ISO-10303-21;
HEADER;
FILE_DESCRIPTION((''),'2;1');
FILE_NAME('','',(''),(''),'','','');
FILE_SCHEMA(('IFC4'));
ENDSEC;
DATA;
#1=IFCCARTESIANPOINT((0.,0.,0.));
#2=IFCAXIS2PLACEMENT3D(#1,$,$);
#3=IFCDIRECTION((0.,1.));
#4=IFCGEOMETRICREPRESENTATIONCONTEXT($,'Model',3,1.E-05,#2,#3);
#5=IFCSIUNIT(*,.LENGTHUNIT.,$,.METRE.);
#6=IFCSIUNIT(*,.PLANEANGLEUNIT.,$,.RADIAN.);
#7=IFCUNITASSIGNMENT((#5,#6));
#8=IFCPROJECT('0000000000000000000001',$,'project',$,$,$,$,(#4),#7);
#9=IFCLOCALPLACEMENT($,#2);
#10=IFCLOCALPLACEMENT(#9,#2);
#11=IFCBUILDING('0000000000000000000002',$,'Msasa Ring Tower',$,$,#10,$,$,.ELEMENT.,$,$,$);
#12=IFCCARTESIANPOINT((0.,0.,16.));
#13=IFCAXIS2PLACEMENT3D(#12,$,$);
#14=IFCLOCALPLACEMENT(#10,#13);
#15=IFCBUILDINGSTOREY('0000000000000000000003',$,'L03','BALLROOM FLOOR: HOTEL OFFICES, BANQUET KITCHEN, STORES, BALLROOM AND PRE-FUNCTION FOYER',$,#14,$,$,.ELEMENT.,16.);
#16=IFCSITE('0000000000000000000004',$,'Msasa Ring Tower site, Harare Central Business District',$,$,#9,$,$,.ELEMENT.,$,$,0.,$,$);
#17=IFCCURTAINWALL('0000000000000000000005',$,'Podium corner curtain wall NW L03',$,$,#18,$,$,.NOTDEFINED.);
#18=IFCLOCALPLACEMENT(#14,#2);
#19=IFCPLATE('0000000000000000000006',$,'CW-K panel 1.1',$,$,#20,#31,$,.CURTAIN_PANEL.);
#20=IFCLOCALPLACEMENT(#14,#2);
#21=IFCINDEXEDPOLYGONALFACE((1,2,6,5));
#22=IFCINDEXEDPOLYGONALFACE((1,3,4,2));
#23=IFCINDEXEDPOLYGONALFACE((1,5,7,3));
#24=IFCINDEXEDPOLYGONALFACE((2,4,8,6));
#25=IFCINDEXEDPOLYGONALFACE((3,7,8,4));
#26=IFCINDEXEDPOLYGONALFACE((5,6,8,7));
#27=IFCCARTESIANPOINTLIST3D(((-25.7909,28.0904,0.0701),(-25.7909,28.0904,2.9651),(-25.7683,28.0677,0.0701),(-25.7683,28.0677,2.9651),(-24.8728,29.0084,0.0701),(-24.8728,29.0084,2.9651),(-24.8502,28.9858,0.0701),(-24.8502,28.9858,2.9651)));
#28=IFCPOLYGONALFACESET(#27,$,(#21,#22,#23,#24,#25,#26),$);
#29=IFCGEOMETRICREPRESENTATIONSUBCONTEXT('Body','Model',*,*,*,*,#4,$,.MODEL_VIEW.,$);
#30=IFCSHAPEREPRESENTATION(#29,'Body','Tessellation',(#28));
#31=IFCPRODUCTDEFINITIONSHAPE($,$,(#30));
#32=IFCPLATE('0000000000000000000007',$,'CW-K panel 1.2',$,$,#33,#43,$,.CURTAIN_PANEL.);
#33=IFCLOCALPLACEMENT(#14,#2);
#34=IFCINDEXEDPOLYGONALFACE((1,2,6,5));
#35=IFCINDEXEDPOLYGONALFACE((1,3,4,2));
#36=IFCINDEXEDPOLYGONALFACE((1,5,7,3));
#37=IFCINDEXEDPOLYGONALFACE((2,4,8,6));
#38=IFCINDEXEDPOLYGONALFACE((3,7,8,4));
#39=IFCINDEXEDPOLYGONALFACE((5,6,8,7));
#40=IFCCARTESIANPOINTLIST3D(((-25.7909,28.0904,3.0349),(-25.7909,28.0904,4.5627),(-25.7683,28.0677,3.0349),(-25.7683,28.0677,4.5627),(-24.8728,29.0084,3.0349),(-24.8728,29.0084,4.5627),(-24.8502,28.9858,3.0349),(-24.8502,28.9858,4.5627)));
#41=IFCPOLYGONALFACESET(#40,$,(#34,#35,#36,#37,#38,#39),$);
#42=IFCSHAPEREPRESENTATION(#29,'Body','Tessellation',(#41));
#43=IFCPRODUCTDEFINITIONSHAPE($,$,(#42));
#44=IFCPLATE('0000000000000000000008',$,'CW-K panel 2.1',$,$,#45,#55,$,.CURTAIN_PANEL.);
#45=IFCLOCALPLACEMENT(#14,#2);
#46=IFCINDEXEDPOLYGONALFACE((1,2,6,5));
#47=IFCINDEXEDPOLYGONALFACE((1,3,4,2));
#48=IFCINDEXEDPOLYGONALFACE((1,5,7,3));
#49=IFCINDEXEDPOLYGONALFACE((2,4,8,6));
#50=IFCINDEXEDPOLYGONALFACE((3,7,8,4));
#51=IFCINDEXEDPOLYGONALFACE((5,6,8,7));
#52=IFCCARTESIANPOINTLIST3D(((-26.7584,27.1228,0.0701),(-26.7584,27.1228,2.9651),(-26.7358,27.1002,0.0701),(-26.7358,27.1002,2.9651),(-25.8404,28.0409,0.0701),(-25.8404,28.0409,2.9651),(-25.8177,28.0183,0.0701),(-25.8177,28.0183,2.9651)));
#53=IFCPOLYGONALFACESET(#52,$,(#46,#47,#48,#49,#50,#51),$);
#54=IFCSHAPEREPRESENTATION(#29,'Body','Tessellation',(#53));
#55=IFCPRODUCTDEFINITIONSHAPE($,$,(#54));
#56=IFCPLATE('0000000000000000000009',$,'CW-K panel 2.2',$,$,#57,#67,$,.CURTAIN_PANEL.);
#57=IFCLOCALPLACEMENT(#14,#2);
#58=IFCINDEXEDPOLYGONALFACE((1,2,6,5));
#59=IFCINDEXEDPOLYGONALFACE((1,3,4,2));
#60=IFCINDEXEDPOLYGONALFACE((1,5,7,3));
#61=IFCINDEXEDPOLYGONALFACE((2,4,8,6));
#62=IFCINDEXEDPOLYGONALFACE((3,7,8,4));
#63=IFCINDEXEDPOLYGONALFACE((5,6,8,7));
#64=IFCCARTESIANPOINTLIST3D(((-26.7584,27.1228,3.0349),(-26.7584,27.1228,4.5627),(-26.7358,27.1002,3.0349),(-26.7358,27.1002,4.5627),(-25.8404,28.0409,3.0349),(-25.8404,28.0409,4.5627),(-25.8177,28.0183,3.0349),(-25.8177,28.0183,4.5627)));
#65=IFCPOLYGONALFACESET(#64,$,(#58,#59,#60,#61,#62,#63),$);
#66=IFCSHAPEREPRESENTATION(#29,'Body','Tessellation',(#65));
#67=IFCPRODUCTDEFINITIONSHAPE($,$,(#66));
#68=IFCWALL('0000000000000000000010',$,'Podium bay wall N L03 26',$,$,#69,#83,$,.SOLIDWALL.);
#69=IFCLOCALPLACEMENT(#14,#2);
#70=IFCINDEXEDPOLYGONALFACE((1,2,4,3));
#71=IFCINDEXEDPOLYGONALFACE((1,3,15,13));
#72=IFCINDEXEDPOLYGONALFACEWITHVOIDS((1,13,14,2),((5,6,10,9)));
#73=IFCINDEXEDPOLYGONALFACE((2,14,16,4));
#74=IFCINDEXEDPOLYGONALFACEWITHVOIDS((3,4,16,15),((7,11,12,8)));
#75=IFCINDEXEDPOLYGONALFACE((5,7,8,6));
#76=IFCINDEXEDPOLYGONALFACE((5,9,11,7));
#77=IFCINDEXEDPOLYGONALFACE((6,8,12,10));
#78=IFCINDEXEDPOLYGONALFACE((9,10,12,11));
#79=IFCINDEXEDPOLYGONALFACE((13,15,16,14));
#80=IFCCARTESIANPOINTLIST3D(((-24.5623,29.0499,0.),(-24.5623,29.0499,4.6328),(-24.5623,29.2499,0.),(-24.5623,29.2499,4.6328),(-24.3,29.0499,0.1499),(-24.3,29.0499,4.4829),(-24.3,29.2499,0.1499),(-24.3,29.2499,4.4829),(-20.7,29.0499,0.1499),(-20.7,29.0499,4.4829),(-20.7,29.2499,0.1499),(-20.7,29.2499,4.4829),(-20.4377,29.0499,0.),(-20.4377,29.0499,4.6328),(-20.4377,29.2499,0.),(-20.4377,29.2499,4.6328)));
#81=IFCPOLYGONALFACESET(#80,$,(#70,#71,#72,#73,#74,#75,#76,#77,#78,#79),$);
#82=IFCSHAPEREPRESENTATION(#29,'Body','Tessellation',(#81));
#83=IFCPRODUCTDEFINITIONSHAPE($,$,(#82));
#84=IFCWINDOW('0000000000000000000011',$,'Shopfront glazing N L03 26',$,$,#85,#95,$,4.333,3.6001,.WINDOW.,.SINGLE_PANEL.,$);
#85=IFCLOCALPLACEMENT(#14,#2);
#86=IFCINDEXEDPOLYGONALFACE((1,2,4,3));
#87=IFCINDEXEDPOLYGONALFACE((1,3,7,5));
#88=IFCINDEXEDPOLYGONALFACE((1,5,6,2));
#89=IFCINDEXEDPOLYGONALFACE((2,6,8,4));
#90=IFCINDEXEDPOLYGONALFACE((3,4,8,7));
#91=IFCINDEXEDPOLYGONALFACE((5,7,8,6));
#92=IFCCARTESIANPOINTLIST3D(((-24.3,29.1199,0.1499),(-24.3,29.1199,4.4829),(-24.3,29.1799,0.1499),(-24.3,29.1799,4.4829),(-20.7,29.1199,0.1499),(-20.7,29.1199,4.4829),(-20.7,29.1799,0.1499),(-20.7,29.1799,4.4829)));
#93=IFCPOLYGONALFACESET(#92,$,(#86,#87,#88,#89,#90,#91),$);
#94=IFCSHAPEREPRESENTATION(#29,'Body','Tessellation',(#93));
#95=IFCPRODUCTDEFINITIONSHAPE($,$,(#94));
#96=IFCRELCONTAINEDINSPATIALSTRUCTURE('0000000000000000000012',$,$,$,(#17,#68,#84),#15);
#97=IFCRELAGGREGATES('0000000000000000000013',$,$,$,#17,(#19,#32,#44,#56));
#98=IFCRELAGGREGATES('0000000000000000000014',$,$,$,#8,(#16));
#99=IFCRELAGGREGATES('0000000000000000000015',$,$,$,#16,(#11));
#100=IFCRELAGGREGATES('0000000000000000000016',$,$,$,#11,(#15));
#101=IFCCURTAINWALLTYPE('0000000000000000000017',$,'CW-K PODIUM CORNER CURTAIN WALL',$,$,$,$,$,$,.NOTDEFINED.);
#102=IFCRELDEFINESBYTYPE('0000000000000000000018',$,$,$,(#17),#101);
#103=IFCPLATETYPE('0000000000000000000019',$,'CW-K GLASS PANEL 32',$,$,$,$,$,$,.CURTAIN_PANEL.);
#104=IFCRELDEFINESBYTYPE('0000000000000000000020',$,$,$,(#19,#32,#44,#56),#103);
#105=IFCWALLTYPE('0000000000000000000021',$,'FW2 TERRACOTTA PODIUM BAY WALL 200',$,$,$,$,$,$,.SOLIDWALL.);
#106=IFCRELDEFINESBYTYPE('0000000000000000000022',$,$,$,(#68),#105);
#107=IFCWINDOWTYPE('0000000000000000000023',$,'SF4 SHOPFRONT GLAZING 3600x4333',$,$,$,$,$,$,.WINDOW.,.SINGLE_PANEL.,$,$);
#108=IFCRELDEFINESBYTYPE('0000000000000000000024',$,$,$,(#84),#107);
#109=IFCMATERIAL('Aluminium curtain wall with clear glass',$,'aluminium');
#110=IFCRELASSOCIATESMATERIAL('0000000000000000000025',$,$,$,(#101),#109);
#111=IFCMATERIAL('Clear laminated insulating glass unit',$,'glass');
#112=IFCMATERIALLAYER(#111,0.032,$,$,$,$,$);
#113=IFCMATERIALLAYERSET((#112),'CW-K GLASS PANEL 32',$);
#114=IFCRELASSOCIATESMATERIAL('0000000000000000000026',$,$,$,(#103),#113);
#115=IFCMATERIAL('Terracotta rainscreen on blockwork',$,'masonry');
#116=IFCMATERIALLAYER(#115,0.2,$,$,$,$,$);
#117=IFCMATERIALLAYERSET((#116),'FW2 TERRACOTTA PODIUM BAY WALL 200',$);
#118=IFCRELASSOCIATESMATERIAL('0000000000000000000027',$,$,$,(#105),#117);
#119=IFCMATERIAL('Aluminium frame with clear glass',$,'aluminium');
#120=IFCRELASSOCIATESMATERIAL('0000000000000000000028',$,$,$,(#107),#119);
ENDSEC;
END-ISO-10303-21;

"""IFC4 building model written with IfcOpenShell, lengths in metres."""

from ifc_helpers import new_model, si_unit, direction, frame, frame_2d, origin, origin_2d, place, context, subcontext, project, spatial, rectangle, extrude, material, layer, layer_set, type_object, element, fill, aggregate, save


model = new_model("IFC4")

# Units and contexts
model_context = context("Model", 3, precision=1e-05, world=origin(), true_north=direction((0.0, 1.0)))
body_context = subcontext(model_context, "Body", "Model", "MODEL_VIEW")
ifc_project = project(units=[si_unit("LENGTHUNIT", "METRE"), si_unit("PLANEANGLEUNIT", "RADIAN")], contexts=[model_context])

# Site, building, storey
site_placement = place(None, origin())
site = spatial("IfcSite", under=ifc_project, at=site_placement, Name="Msasa Ring Tower site, Harare Central Business District", CompositionType="ELEMENT", RefElevation=0.0)
building_placement = place(site_placement, origin())
building = spatial("IfcBuilding", under=site, at=building_placement, Name="Msasa Ring Tower", CompositionType="ELEMENT")
storey_placement = place(building_placement, frame((0.0, 0.0, 16.0)))
storey = spatial("IfcBuildingStorey", under=building, at=storey_placement, Name="L03", Description="BALLROOM FLOOR: HOTEL OFFICES, BANQUET KITCHEN, STORES, BALLROOM AND PRE-FUNCTION FOYER", CompositionType="ELEMENT", Elevation=16.0)

# Shared definitions
ifc_material_1 = material(Name="Aluminium curtain wall with clear glass", Category="aluminium")
curtain_wall_type = type_object("IfcCurtainWallType", Name="CW-K PODIUM CORNER CURTAIN WALL", PredefinedType="NOTDEFINED", material=ifc_material_1)

# Curtain wall
curtain_wall_1_placement = place(storey_placement, origin())
curtain_wall_1 = element("IfcCurtainWall", 1, at=curtain_wall_1_placement, inside=storey, type_object=curtain_wall_type, Name="Podium corner curtain wall NW L03", PredefinedType="NOTDEFINED")

# Plates
ifc_material_2 = material(Name="Clear laminated insulating glass unit", Category="glass")
ifc_layer_1 = layer(ifc_material_2, 0.032)
ifc_layer_set_1 = layer_set([ifc_layer_1], Name="CW-K GLASS PANEL 32")
plate_type = type_object("IfcPlateType", Name="CW-K GLASS PANEL 32", PredefinedType="CURTAIN_PANEL", material=ifc_layer_set_1)
plate_1_placement = place(storey_placement, frame((-25.3206, 28.5381, 0.0701), z_axis=(0.0, 0.0, 1.0), x_axis=(-0.707107, -0.707107, 0.0)))
plate_1 = element("IfcPlate", 2, at=plate_1_placement, type_object=plate_type, Name="CW-K panel 1.1", PredefinedType="CURTAIN_PANEL", context=body_context, shape_type="SweptSolid", body=[
    extrude(rectangle(XDim=1.2983, YDim=0.032, at=origin_2d()), origin(), (0.0, 0.0, 1.0), 2.895),
])
plate_2_placement = place(storey_placement, frame((-25.3206, 28.5381, 3.0349), z_axis=(0.0, 0.0, 1.0), x_axis=(-0.707107, -0.707107, 0.0)))
plate_2 = element("IfcPlate", 3, at=plate_2_placement, type_object=plate_type, Name="CW-K panel 1.2", PredefinedType="CURTAIN_PANEL", context=body_context, shape_type="SweptSolid", body=[
    extrude(rectangle(XDim=1.2983, YDim=0.032, at=origin_2d()), origin(), (0.0, 0.0, 1.0), 1.5278),
])
plate_3_placement = place(storey_placement, frame((-26.2881, 27.5706, 0.0701), z_axis=(0.0, 0.0, 1.0), x_axis=(-0.707107, -0.707107, 0.0)))
plate_3 = element("IfcPlate", 4, at=plate_3_placement, type_object=plate_type, Name="CW-K panel 2.1", PredefinedType="CURTAIN_PANEL", context=body_context, shape_type="SweptSolid", body=[
    extrude(rectangle(XDim=1.2983, YDim=0.032, at=origin_2d()), origin(), (0.0, 0.0, 1.0), 2.895),
])
plate_4_placement = place(storey_placement, frame((-26.2881, 27.5706, 3.0349), z_axis=(0.0, 0.0, 1.0), x_axis=(-0.707107, -0.707107, 0.0)))
plate_4 = element("IfcPlate", 5, at=plate_4_placement, type_object=plate_type, Name="CW-K panel 2.2", PredefinedType="CURTAIN_PANEL", context=body_context, shape_type="SweptSolid", body=[
    extrude(rectangle(XDim=1.2983, YDim=0.032, at=origin_2d()), origin(), (0.0, 0.0, 1.0), 1.5278),
])
aggregate(curtain_wall_1, [plate_1, plate_2, plate_3, plate_4])

# Wall, opening, window
ifc_material_3 = material(Name="Terracotta rainscreen on blockwork", Category="masonry")
ifc_layer_2 = layer(ifc_material_3, 0.2)
ifc_layer_set_2 = layer_set([ifc_layer_2], Name="FW2 TERRACOTTA PODIUM BAY WALL 200")
wall_type = type_object("IfcWallType", Name="FW2 TERRACOTTA PODIUM BAY WALL 200", PredefinedType="SOLIDWALL", material=ifc_layer_set_2)
wall_placement = place(storey_placement, frame((-24.5623, 29.1499, 0.0), z_axis=(0.0, 0.0, 1.0), x_axis=(1.0, 0.0, 0.0)))
wall = element("IfcWall", 6, at=wall_placement, inside=storey, type_object=wall_type, Name="Podium bay wall N L03 26", PredefinedType="SOLIDWALL", context=body_context, shape_type="SweptSolid", body=[
    extrude(rectangle(XDim=4.1245, YDim=0.2, at=frame_2d((2.0623, 0.0))), origin(), (0.0, 0.0, 1.0), 4.6328),
])
opening_placement = place(wall_placement, frame((0.2622, 0.0, 0.1499)))
opening = element("IfcOpeningElement", 7, at=opening_placement, cuts=wall, PredefinedType="OPENING", context=body_context, shape_type="SweptSolid", body=[
    extrude(rectangle(XDim=3.6001, YDim=4.333, at=frame_2d((1.8, 2.1665))), frame((0.0, 0.1099, 0.0), z_axis=(0.0, -1.0, 0.0), x_axis=(1.0, 0.0, 0.0)), (0.0, 0.0, 1.0), 0.22),
])
ifc_material_4 = material(Name="Aluminium frame with clear glass", Category="aluminium")
window_type = type_object("IfcWindowType", Name="SF4 SHOPFRONT GLAZING 3600x4333", PartitioningType="SINGLE_PANEL", PredefinedType="WINDOW", material=ifc_material_4)
window_placement = place(opening_placement, origin())
window = element("IfcWindow", 8, at=window_placement, inside=storey, type_object=window_type, Name="Shopfront glazing N L03 26", OverallHeight=4.333, OverallWidth=3.6001, PartitioningType="SINGLE_PANEL", PredefinedType="WINDOW", context=body_context, shape_type="SweptSolid", body=[
    extrude(rectangle(XDim=3.6001, YDim=4.333, at=frame_2d((1.8, 2.1665))), frame((0.0, 0.03, 0.0), z_axis=(0.0, -1.0, 0.0), x_axis=(1.0, 0.0, 0.0)), (0.0, 0.0, 1.0), 0.0601),
])
fill(opening, window)

save(model, "model.ifc")
